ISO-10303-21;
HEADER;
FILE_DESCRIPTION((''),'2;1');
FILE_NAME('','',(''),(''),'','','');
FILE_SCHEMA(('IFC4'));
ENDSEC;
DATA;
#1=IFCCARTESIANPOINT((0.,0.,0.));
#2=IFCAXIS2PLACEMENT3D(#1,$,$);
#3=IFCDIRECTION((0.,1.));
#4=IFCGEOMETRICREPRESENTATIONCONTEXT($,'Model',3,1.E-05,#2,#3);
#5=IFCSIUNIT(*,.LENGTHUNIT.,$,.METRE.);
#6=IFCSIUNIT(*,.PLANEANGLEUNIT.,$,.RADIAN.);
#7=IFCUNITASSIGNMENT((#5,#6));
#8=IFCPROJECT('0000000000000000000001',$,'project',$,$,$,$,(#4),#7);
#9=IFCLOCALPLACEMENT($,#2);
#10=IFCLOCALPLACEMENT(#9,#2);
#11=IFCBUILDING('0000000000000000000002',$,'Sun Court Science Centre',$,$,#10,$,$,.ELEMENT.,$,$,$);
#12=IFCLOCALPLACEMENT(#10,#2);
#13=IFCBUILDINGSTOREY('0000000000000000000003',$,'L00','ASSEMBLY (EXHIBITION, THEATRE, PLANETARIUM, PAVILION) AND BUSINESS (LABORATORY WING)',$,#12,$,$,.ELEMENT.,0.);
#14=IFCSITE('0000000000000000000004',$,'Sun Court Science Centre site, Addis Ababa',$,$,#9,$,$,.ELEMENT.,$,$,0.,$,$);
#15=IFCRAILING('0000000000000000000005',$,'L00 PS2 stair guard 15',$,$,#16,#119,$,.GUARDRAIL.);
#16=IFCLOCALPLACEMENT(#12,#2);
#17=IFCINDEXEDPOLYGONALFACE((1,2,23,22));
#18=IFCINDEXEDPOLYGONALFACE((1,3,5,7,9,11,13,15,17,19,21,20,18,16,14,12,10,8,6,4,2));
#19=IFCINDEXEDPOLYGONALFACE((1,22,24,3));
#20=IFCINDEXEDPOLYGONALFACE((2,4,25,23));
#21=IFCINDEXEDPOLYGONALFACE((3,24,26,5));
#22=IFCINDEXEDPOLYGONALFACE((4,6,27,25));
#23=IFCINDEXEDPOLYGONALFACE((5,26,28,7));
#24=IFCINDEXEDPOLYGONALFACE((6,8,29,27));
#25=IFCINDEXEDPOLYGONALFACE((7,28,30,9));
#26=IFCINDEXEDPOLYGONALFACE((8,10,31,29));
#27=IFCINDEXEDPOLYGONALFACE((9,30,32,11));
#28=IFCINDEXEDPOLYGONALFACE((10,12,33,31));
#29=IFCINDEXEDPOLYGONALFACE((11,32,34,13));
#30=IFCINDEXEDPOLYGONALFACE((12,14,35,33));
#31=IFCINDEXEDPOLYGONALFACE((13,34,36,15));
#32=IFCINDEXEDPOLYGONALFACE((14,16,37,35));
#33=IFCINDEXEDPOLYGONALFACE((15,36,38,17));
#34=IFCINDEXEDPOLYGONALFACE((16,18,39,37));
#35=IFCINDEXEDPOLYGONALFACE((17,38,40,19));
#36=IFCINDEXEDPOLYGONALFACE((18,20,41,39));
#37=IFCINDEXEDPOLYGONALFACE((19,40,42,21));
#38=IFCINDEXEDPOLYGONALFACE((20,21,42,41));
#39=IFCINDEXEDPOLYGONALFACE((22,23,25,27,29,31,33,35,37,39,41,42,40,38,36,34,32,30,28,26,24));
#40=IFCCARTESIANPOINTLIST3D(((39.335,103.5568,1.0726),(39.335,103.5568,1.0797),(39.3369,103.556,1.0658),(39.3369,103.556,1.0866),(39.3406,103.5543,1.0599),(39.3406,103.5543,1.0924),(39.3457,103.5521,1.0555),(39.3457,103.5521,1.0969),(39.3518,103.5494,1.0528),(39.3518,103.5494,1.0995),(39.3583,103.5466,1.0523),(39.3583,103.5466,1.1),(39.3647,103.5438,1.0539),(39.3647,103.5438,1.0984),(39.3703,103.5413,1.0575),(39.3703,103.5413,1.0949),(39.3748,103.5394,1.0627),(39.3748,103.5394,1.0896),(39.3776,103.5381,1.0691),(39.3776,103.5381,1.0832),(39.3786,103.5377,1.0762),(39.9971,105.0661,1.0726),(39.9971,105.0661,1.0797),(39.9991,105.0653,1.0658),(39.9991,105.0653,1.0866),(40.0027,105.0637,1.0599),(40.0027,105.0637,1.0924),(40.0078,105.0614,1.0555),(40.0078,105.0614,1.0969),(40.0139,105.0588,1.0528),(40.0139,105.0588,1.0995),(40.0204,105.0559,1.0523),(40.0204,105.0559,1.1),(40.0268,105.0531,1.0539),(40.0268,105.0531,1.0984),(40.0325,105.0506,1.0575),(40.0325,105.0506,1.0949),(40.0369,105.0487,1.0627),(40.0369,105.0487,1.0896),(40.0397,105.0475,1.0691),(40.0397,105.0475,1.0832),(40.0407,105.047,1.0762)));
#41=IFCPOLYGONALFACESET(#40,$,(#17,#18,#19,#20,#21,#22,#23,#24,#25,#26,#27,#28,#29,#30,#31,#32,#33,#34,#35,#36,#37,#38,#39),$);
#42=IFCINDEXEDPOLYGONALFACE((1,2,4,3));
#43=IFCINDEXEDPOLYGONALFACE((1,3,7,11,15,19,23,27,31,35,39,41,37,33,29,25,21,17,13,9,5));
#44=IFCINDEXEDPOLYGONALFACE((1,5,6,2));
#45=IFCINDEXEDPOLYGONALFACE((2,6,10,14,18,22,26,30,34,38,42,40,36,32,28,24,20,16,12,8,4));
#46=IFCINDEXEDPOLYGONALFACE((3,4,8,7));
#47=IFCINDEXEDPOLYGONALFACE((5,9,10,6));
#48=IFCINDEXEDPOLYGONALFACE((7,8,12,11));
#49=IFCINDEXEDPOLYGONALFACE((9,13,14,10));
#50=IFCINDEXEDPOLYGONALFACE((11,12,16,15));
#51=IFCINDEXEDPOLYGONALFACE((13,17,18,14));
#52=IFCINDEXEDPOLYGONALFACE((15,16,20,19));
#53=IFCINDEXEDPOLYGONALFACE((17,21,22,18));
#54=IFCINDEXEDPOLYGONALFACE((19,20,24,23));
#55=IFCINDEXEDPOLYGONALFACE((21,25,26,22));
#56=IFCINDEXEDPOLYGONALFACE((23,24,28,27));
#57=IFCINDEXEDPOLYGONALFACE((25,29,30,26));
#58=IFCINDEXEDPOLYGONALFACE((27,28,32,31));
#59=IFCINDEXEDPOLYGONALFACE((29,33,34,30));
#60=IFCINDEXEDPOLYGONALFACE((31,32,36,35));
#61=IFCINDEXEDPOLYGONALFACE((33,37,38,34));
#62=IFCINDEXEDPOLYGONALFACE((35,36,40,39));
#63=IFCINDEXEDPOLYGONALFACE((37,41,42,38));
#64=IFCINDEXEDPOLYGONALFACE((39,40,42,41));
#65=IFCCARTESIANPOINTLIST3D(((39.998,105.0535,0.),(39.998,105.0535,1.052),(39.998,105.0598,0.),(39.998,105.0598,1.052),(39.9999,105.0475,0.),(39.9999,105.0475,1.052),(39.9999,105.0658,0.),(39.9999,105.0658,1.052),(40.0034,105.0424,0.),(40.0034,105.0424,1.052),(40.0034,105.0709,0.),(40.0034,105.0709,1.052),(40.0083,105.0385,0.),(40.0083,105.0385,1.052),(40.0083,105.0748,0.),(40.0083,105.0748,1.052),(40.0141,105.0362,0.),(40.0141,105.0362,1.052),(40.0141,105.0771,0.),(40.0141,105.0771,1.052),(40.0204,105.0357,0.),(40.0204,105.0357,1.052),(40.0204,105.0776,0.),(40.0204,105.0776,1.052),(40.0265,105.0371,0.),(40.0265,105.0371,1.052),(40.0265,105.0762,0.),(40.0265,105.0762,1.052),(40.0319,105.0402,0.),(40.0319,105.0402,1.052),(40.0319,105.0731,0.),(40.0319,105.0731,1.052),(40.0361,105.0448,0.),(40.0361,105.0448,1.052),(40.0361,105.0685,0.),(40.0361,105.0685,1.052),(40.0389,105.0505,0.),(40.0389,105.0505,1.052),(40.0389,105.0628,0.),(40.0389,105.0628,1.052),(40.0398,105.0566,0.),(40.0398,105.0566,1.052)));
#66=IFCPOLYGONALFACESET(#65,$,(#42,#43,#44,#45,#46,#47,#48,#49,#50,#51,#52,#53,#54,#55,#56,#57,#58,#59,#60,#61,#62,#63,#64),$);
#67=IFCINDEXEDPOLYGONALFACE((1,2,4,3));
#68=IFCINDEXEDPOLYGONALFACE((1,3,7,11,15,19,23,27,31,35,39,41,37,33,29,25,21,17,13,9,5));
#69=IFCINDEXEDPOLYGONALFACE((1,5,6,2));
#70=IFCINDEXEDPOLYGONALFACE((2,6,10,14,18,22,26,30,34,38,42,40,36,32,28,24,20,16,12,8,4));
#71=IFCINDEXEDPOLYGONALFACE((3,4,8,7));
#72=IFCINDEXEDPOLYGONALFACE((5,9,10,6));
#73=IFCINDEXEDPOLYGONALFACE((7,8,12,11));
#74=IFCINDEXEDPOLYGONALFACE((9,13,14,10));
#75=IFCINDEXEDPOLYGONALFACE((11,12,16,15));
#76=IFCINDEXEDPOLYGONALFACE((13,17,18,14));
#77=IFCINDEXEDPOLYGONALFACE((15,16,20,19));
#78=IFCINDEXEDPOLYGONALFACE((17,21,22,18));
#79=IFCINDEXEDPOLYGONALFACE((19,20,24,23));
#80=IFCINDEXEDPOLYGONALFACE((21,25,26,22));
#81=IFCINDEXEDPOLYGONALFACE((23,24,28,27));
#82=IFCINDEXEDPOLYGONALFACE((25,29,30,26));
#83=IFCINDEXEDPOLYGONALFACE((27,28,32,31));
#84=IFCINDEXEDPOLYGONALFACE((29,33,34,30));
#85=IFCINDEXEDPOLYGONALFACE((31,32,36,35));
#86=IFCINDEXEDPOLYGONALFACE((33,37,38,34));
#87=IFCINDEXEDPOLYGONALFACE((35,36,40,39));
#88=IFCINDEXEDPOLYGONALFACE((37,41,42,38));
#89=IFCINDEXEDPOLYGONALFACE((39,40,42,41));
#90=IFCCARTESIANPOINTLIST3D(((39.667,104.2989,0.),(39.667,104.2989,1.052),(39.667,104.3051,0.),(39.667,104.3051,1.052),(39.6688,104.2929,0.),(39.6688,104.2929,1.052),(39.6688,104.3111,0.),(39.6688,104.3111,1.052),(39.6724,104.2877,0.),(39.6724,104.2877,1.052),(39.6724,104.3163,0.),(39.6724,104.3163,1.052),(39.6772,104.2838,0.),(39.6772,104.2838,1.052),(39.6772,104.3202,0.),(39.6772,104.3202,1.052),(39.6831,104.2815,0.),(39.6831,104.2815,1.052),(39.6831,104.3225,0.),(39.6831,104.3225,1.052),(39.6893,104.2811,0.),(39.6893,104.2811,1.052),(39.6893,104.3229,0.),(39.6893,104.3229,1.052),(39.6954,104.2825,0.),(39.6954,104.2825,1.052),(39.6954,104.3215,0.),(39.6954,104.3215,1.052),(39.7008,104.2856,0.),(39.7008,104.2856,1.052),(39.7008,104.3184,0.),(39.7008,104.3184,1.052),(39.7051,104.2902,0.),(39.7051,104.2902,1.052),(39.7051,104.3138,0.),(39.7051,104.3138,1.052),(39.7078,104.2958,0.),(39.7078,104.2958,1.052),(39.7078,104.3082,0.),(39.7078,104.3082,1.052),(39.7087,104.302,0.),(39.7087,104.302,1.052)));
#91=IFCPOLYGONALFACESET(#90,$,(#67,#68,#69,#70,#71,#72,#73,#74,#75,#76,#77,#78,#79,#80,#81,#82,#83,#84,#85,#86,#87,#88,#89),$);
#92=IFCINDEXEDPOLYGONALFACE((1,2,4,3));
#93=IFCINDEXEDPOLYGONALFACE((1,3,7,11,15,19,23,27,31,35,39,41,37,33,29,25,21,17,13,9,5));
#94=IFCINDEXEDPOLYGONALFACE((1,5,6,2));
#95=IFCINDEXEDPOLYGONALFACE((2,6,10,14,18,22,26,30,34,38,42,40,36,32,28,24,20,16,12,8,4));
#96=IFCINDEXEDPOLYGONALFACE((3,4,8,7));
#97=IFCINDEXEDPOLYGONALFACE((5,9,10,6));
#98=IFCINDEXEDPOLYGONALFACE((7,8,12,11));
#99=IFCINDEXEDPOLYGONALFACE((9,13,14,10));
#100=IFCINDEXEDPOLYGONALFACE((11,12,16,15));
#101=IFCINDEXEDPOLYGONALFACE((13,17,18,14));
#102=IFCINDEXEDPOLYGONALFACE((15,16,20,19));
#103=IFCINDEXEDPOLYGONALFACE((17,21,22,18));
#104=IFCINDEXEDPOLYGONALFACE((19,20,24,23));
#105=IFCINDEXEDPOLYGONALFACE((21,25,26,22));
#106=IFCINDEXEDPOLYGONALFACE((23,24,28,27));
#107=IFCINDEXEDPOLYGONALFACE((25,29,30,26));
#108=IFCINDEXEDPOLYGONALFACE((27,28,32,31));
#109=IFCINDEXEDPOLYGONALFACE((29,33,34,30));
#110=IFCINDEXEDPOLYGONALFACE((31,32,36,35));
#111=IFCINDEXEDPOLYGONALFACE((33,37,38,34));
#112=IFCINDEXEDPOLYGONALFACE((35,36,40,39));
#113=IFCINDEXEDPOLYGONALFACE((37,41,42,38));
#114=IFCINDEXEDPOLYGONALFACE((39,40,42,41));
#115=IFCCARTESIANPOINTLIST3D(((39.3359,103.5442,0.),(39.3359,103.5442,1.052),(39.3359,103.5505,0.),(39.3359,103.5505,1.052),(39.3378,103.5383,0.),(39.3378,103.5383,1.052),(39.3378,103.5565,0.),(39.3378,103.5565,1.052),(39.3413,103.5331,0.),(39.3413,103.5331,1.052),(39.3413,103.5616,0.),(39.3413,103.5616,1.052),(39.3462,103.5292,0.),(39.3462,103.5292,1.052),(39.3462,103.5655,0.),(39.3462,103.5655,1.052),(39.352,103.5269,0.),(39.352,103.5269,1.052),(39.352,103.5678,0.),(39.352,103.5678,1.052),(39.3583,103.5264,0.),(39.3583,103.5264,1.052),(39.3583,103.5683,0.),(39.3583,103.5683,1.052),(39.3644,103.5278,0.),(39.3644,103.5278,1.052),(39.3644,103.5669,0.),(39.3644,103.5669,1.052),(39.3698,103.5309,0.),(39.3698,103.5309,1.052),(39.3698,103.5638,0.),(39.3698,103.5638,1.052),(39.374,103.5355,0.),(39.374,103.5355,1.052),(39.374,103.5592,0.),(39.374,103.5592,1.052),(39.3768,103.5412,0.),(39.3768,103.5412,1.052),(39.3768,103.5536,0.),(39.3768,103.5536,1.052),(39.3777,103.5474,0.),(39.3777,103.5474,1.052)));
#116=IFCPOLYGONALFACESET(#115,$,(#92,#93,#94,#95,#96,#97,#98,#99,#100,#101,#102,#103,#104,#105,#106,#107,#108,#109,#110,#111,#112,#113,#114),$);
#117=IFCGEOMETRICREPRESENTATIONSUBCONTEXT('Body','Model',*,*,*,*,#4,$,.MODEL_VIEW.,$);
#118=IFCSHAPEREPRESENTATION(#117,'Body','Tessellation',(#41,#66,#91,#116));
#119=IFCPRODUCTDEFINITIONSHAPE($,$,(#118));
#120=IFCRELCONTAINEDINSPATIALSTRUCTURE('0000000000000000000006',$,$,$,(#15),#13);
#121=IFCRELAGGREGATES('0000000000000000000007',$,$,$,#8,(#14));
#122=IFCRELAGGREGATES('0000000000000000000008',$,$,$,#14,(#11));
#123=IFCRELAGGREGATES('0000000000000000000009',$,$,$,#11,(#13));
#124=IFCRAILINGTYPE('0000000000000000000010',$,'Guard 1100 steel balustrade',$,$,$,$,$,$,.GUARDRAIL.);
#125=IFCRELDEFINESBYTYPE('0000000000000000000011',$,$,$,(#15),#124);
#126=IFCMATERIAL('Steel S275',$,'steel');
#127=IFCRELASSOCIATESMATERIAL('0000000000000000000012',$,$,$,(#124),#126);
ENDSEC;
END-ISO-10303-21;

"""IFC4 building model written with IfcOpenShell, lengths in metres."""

from ifc_helpers import new_model, si_unit, direction, frame, origin, origin_2d, place, context, subcontext, project, spatial, circle, extrude, material, type_object, element, save


model = new_model("IFC4")

# Units and contexts
model_context = context("Model", 3, precision=1e-05, world=origin(), true_north=direction((0.0, 1.0)))
body_context = subcontext(model_context, "Body", "Model", "MODEL_VIEW")
ifc_project = project(units=[si_unit("LENGTHUNIT", "METRE"), si_unit("PLANEANGLEUNIT", "RADIAN")], contexts=[model_context])

# Site, building, storey
site_placement = place(None, origin())
site = spatial("IfcSite", under=ifc_project, at=site_placement, Name="Sun Court Science Centre site, Addis Ababa", CompositionType="ELEMENT", RefElevation=0.0)
building_placement = place(site_placement, origin())
building = spatial("IfcBuilding", under=site, at=building_placement, Name="Sun Court Science Centre", CompositionType="ELEMENT")
storey_placement = place(building_placement, origin())
storey = spatial("IfcBuildingStorey", under=building, at=storey_placement, Name="L00", Description="ASSEMBLY (EXHIBITION, THEATRE, PLANETARIUM, PAVILION) AND BUSINESS (LABORATORY WING)", CompositionType="ELEMENT", Elevation=0.0)

# Railing
ifc_material_1 = material(Name="Steel S275", Category="steel")
railing_type_1 = type_object("IfcRailingType", Name="Guard 1100 steel balustrade", PredefinedType="GUARDRAIL", material=ifc_material_1)
railing_1_placement = place(storey_placement, frame((40.0188, 105.0566, 0.0)))
element("IfcRailing", 1, at=railing_1_placement, inside=storey, type_object=railing_type_1, Name="L00 PS2 stair guard 15", PredefinedType="GUARDRAIL", context=body_context, shape_type="SweptSolid", body=[
    extrude(circle(Radius=0.0239, at=origin_2d()), frame((0.0, 0.0, 1.0762), z_axis=(-0.401736, -0.915756, 0.0), x_axis=(0.915756, -0.401736, 0.0)), (0.0, 0.0, 1.0), 1.6482),
    extrude(circle(Radius=0.021, at=origin_2d()), origin(), (0.0, 0.0, 1.0), 1.052),
    extrude(circle(Radius=0.021, at=origin_2d()), frame((-0.3311, -0.7546, 0.0)), (0.0, 0.0, 1.0), 1.052),
    extrude(circle(Radius=0.021, at=origin_2d()), frame((-0.6621, -1.5093, 0.0)), (0.0, 0.0, 1.0), 1.052),
])

save(model, "model.ifc")
